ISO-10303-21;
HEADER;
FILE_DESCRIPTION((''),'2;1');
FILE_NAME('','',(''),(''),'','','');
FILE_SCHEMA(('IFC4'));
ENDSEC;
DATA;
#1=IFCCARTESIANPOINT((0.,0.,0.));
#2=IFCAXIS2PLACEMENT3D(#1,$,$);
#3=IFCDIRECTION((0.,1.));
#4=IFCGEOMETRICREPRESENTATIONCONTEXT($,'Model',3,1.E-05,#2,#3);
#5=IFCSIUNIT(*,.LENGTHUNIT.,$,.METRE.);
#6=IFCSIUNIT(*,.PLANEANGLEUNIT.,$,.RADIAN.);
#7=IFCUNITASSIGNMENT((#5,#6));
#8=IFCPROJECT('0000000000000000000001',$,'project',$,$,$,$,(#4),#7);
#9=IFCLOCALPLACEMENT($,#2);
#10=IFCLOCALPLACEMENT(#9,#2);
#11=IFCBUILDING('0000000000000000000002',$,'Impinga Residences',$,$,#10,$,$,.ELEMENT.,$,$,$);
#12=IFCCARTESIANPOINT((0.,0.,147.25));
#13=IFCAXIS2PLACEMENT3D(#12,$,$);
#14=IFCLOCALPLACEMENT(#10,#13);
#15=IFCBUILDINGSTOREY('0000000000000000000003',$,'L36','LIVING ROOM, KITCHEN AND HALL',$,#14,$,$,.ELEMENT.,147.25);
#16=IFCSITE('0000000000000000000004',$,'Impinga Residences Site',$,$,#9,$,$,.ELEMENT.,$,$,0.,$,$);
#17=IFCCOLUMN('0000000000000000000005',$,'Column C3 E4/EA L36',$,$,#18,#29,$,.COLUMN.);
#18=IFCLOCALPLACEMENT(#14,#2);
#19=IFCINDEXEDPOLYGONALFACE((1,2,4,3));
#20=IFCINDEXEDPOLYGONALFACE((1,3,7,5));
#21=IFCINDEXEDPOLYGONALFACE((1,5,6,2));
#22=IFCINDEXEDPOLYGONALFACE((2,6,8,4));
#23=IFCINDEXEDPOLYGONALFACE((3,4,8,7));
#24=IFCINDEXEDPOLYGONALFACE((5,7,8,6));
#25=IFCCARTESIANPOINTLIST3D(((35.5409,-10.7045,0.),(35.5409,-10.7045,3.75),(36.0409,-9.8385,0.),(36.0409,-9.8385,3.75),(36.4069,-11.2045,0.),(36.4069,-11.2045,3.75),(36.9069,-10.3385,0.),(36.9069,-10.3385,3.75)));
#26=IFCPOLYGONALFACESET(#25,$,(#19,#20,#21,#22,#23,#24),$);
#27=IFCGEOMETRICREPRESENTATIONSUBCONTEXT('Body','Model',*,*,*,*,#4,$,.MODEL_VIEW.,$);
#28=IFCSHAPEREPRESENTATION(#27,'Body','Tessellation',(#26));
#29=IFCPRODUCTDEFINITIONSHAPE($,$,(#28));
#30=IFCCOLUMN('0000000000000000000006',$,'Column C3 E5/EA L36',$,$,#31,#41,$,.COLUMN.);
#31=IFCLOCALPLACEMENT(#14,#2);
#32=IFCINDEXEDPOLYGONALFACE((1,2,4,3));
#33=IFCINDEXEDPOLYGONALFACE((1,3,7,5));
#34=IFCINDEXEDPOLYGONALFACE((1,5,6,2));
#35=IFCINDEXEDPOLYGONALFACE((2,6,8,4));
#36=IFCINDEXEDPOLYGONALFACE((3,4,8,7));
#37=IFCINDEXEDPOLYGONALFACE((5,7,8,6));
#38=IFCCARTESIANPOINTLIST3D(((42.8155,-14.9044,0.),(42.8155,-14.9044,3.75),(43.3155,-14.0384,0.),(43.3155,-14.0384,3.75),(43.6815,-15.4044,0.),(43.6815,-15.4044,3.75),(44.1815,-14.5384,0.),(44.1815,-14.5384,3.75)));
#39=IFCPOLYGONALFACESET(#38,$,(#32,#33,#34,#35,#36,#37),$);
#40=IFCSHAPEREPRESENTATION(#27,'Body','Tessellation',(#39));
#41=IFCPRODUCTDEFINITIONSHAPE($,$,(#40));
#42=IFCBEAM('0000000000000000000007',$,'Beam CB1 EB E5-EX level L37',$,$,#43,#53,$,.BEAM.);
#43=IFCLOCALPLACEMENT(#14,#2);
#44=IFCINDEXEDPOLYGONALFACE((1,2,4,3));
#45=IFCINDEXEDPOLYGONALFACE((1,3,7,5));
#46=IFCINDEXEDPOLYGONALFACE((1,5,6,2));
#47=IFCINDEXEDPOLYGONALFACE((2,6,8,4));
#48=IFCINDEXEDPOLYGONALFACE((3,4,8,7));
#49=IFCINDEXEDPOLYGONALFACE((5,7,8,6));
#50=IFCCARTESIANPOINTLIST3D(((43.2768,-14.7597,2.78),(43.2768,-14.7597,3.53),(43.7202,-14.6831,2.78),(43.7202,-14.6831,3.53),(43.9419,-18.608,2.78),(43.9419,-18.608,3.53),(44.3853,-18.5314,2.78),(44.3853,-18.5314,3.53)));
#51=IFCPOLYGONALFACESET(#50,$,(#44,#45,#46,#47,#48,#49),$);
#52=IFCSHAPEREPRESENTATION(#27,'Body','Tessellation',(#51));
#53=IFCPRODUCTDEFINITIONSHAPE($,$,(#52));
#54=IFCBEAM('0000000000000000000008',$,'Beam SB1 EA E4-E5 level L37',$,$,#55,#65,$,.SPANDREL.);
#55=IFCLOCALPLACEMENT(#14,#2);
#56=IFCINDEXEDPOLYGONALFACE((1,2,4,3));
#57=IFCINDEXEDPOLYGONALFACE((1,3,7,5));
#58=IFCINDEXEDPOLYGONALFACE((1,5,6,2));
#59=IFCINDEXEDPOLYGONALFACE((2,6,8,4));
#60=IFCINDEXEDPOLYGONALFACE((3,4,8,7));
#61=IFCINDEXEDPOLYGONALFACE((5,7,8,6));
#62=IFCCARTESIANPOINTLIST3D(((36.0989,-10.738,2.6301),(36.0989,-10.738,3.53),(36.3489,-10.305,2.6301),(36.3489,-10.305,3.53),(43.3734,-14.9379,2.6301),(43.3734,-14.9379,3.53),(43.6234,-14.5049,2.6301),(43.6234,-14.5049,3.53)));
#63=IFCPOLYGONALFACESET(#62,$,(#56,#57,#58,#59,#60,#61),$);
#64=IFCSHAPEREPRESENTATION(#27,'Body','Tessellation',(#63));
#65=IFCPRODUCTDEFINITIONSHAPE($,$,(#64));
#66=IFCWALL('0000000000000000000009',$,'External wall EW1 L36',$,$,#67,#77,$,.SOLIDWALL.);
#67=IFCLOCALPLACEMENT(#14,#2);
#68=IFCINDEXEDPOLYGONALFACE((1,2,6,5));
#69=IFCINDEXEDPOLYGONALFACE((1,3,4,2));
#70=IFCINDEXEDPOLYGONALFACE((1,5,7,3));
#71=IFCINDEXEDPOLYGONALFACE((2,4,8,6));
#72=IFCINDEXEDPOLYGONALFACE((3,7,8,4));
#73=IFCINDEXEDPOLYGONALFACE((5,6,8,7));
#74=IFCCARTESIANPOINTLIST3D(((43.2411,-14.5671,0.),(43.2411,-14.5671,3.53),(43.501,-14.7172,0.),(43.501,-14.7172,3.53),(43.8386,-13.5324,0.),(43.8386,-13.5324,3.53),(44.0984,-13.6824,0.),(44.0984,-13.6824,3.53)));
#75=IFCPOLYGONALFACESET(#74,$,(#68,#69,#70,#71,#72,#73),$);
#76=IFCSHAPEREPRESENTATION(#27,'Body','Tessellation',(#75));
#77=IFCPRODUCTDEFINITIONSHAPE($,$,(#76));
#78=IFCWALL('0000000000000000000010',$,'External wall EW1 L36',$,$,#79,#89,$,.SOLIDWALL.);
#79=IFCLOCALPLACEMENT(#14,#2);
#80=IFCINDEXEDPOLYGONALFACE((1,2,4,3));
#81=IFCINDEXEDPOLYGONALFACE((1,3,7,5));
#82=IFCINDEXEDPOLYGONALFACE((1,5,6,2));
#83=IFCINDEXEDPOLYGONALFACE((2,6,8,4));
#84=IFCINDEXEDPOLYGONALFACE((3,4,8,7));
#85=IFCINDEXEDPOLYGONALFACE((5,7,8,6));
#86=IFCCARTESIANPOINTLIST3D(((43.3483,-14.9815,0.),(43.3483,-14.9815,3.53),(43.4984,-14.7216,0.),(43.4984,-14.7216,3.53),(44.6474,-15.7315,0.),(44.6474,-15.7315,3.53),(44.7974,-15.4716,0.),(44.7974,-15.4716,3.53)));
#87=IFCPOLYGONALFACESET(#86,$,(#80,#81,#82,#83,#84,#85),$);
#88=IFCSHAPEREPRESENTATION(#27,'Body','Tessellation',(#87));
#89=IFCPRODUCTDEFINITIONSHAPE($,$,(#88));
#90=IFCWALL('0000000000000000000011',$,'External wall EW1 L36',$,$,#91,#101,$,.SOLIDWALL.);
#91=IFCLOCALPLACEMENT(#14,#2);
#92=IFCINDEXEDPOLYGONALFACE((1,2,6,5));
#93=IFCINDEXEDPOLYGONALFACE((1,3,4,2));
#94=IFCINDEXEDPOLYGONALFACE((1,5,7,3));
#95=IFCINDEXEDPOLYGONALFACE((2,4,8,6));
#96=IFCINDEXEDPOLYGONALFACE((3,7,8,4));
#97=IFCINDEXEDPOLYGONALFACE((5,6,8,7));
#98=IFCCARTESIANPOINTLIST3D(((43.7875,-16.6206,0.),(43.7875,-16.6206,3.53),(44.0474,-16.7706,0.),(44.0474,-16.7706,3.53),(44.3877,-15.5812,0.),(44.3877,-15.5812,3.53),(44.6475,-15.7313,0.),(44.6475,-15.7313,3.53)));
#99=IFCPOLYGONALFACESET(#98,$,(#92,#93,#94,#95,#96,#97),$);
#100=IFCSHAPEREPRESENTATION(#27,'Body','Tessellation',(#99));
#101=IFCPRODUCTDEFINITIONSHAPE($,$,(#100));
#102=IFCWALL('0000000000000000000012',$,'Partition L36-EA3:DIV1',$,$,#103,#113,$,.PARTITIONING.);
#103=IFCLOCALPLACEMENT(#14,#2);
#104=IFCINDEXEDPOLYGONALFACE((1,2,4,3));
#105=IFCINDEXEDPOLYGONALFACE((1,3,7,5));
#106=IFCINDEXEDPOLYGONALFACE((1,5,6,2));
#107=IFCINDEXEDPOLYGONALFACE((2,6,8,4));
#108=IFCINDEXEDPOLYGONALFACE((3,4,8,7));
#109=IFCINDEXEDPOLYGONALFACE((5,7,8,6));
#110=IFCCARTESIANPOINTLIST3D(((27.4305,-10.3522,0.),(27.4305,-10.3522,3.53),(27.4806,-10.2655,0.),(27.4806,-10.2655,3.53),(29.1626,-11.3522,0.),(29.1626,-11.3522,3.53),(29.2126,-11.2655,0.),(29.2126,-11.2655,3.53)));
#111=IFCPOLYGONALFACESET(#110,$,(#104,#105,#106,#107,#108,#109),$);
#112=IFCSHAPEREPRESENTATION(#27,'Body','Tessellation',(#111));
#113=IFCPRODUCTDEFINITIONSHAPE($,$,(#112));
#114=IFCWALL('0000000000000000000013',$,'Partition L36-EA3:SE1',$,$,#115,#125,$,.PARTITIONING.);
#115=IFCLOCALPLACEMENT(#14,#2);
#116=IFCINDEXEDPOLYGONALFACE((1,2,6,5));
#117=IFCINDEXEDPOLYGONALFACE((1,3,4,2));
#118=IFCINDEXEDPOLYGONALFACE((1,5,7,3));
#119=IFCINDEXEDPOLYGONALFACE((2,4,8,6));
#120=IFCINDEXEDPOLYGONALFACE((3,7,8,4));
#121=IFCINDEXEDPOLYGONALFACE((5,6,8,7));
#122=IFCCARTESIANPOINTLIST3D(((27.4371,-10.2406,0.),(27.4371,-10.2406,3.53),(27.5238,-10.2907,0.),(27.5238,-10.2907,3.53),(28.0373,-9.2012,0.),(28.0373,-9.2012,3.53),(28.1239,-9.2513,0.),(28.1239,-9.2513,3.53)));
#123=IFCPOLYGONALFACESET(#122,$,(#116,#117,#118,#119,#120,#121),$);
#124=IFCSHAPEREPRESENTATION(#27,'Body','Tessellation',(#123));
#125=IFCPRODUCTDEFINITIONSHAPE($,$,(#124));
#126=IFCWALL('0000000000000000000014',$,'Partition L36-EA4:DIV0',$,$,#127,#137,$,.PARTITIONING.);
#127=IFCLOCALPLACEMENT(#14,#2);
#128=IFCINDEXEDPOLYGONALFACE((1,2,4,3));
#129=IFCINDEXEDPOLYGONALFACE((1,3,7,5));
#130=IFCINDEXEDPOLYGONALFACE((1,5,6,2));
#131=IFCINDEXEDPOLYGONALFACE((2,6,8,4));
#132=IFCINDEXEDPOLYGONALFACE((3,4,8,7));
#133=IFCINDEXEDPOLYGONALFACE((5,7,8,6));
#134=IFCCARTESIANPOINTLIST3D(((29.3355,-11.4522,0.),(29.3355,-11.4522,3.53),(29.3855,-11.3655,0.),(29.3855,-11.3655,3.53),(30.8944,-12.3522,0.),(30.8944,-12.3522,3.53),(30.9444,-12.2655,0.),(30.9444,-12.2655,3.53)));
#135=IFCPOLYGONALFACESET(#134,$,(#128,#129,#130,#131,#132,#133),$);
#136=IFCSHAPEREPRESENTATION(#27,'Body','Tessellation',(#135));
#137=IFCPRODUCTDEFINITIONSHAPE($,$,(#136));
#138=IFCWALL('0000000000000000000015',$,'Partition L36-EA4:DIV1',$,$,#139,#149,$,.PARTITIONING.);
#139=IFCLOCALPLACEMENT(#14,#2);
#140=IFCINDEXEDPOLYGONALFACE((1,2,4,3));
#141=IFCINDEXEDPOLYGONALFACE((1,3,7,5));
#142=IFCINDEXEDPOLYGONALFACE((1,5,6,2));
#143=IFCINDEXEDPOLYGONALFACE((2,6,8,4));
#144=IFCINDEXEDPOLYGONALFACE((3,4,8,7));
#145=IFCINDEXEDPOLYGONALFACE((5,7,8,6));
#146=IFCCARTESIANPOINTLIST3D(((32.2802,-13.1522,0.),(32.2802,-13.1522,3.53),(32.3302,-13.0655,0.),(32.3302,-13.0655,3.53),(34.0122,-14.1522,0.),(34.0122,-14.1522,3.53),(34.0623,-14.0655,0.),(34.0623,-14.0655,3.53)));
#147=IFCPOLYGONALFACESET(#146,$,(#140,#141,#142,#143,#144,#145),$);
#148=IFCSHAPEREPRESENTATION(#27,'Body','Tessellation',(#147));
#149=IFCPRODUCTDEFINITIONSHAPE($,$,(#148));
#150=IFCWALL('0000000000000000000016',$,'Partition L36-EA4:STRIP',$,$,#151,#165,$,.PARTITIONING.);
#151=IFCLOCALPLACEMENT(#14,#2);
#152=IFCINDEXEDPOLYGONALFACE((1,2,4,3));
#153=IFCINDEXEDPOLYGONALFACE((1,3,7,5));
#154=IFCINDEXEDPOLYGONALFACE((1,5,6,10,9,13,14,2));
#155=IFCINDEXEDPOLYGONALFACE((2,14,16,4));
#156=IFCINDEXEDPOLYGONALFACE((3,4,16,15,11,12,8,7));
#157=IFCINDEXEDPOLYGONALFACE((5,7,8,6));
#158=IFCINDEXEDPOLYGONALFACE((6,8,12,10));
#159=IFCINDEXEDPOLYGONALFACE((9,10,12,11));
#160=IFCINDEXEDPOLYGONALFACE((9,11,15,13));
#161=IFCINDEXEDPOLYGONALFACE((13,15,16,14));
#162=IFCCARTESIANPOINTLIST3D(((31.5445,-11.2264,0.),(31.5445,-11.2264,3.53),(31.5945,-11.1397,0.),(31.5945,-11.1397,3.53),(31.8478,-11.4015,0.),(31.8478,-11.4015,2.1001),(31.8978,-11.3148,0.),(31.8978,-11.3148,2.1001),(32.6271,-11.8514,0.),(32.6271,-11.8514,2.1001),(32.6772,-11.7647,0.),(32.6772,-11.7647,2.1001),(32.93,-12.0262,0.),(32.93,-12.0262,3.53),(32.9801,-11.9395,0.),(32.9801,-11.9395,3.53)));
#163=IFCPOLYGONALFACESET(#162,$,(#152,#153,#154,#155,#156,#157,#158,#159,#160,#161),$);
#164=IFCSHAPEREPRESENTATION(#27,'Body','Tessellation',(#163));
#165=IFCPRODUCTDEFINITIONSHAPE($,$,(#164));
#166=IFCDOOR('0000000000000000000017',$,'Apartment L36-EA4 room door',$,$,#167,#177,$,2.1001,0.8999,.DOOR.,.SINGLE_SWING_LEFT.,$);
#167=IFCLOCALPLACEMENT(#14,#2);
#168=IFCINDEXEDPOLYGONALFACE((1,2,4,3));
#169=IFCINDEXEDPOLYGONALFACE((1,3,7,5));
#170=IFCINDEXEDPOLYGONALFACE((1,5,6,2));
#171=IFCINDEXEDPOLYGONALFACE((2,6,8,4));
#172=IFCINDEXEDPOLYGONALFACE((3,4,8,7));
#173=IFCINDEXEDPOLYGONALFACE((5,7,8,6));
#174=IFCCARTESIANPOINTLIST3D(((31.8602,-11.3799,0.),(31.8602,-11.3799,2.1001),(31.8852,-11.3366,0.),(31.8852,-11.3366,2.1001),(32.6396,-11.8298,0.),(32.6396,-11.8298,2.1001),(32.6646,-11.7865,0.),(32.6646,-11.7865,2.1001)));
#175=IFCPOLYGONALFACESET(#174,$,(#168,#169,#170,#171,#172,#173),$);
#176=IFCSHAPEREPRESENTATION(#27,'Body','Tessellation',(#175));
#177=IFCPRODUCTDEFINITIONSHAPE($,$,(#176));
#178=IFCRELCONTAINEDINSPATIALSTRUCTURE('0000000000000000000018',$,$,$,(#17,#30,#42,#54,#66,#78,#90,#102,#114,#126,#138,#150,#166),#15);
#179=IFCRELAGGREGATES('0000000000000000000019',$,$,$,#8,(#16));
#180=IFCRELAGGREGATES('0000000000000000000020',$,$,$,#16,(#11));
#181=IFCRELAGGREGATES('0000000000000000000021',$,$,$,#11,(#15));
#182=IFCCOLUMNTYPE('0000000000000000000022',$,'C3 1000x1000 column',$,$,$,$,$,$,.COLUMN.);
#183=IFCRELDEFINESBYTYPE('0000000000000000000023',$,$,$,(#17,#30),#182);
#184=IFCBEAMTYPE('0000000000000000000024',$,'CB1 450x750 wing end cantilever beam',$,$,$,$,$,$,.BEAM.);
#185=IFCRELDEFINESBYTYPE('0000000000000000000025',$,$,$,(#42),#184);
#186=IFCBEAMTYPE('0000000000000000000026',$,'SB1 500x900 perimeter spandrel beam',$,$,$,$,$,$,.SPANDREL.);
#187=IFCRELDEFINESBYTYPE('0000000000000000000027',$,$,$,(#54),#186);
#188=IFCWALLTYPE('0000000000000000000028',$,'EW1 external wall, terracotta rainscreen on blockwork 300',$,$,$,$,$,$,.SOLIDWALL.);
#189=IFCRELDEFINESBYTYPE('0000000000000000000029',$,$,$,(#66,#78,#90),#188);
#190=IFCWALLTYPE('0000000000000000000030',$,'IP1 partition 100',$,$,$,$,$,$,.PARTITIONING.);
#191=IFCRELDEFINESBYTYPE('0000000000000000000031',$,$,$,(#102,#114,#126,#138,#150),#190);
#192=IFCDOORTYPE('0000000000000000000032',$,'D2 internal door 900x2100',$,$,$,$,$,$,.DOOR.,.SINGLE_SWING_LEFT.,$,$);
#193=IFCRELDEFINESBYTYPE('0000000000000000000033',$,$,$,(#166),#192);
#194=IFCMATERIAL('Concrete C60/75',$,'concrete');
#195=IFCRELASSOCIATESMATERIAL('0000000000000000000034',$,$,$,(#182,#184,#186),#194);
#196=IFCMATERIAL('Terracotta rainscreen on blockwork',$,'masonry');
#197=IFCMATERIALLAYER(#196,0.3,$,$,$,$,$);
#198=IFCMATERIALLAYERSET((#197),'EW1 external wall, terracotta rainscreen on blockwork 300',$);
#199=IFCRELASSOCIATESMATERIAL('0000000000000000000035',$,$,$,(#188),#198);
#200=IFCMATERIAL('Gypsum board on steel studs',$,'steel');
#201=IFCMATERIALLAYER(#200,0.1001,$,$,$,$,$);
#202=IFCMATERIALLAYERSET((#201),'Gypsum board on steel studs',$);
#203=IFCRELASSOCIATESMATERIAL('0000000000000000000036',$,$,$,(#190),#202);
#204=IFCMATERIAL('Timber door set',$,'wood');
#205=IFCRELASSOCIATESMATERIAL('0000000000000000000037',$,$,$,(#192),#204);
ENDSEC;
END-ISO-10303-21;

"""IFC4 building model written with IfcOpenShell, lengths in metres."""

from ifc_helpers import new_model, si_unit, direction, frame, frame_2d, origin, origin_2d, place, context, subcontext, project, spatial, rectangle, extrude, material, layer, layer_set, material_profile, profile_set, type_object, element, fill, save


model = new_model("IFC4")

# Units and contexts
model_context = context("Model", 3, precision=1e-05, world=origin(), true_north=direction((0.0, 1.0)))
body_context = subcontext(model_context, "Body", "Model", "MODEL_VIEW")
ifc_project = project(units=[si_unit("LENGTHUNIT", "METRE"), si_unit("PLANEANGLEUNIT", "RADIAN")], contexts=[model_context])

# Site, building, storey
site_placement = place(None, origin())
site = spatial("IfcSite", under=ifc_project, at=site_placement, Name="Impinga Residences Site", CompositionType="ELEMENT", RefElevation=0.0)
building_placement = place(site_placement, origin())
building = spatial("IfcBuilding", under=site, at=building_placement, Name="Impinga Residences", CompositionType="ELEMENT")
storey_placement = place(building_placement, frame((0.0, 0.0, 147.25)))
storey = spatial("IfcBuildingStorey", under=building, at=storey_placement, Name="L36", Description="LIVING ROOM, KITCHEN AND HALL", CompositionType="ELEMENT", Elevation=147.25)

# Columns
ifc_material_1 = material(Name="Concrete C60/75", Category="concrete")
ifc_material_profile_1 = material_profile(ifc_material_1, rectangle(XDim=1.0, YDim=1.0, at=origin_2d()), Name="RC 1000x1000")
ifc_profile_set_1 = profile_set([ifc_material_profile_1], Name="Concrete C60/75")
column_type = type_object("IfcColumnType", Name="C3 1000x1000 column", PredefinedType="COLUMN", material=ifc_profile_set_1)
for number, where, z_axis, x_axis, name in (
    (1, (36.2239, -10.5215, 0.0), (0.0, 0.0, 1.0), (-0.5, -0.866025, 0.0), "Column C3 E4/EA L36"),
    (2, (43.4985, -14.7214, 0.0), (0.0, 0.0, 1.0), (-0.5, -0.866025, 0.0), "Column C3 E5/EA L36"),
):
    element("IfcColumn", number, at=place(storey_placement, frame(where, z_axis=z_axis, x_axis=x_axis)), inside=storey, type_object=column_type, Name=name, PredefinedType="COLUMN", context=body_context, shape_type="SweptSolid", body=[
        extrude(rectangle(XDim=1.0, YDim=1.0, at=origin_2d()), origin(), (0.0, 0.0, 1.0), 3.75),
    ])

# Beams
ifc_material_profile_2 = material_profile(ifc_material_1, rectangle(XDim=0.45, YDim=0.75, at=origin_2d()), Name="RC 450x750")
ifc_profile_set_2 = profile_set([ifc_material_profile_2], Name="Concrete C60/75")
beam_type_1 = type_object("IfcBeamType", Name="CB1 450x750 wing end cantilever beam", PredefinedType="BEAM", material=ifc_profile_set_2)
beam_1_placement = place(storey_placement, frame((43.4985, -14.7214, 3.155), z_axis=(0.170296, -0.985393, 0.0), x_axis=(0.985393, 0.170296, 0.0)))
element("IfcBeam", 3, at=beam_1_placement, inside=storey, type_object=beam_type_1, Name="Beam CB1 EB E5-EX level L37", PredefinedType="BEAM", context=body_context, shape_type="SweptSolid", body=[
    extrude(rectangle(XDim=0.45, YDim=0.75, at=origin_2d()), origin(), (0.0, 0.0, 1.0), 3.9053),
])
ifc_material_profile_3 = material_profile(ifc_material_1, rectangle(XDim=0.5, YDim=0.8999, at=origin_2d()), Name="RC 500x900")
ifc_profile_set_3 = profile_set([ifc_material_profile_3], Name="Concrete C60/75")
beam_type_2 = type_object("IfcBeamType", Name="SB1 500x900 perimeter spandrel beam", PredefinedType="SPANDREL", material=ifc_profile_set_3)
beam_2_placement = place(storey_placement, frame((36.2239, -10.5215, 3.0801), z_axis=(0.866029, -0.499993, 0.0), x_axis=(0.499993, 0.866029, 0.0)))
element("IfcBeam", 4, at=beam_2_placement, inside=storey, type_object=beam_type_2, Name="Beam SB1 EA E4-E5 level L37", PredefinedType="SPANDREL", context=body_context, shape_type="SweptSolid", body=[
    extrude(rectangle(XDim=0.5, YDim=0.8999, at=origin_2d()), origin(), (0.0, 0.0, 1.0), 8.3999),
])

# Walls
ifc_material_2 = material(Name="Terracotta rainscreen on blockwork", Category="masonry")
ifc_layer_1 = layer(ifc_material_2, 0.3)
ifc_layer_set_1 = layer_set([ifc_layer_1], Name="EW1 external wall, terracotta rainscreen on blockwork 300")
wall_type_1 = type_object("IfcWallType", Name="EW1 external wall, terracotta rainscreen on blockwork 300", PredefinedType="SOLIDWALL", material=ifc_layer_set_1)
wall_1_placement = place(storey_placement, frame((43.9685, -13.6074, 0.0), z_axis=(0.0, 0.0, 1.0), x_axis=(-0.500029, -0.866009, 0.0)))
element("IfcWall", 5, at=wall_1_placement, inside=storey, type_object=wall_type_1, Name="External wall EW1 L36", PredefinedType="SOLIDWALL", context=body_context, shape_type="SweptSolid", body=[
    extrude(rectangle(XDim=1.1948, YDim=0.3, at=frame_2d((0.5974, 0.0))), origin(), (0.0, 0.0, 1.0), 3.53),
])
wall_2_placement = place(storey_placement, frame((43.4233, -14.8516, 0.0), z_axis=(0.0, 0.0, 1.0), x_axis=(0.866031, -0.49999, 0.0)))
element("IfcWall", 6, at=wall_2_placement, inside=storey, type_object=wall_type_1, Name="External wall EW1 L36", PredefinedType="SOLIDWALL", context=body_context, shape_type="SweptSolid", body=[
    extrude(rectangle(XDim=1.5, YDim=0.3, at=frame_2d((0.75, 0.0))), origin(), (0.0, 0.0, 1.0), 3.53),
])
wall_3_placement = place(storey_placement, frame((44.5176, -15.6562, 0.0), z_axis=(0.0, 0.0, 1.0), x_axis=(-0.500034, -0.866006, 0.0)))
element("IfcWall", 7, at=wall_3_placement, inside=storey, type_object=wall_type_1, Name="External wall EW1 L36", PredefinedType="SOLIDWALL", context=body_context, shape_type="SweptSolid", body=[
    extrude(rectangle(XDim=1.2002, YDim=0.3, at=frame_2d((0.6001, 0.0))), origin(), (0.0, 0.0, 1.0), 3.53),
])
ifc_material_3 = material(Name="Gypsum board on steel studs", Category="steel")
ifc_layer_2 = layer(ifc_material_3, 0.1001)
ifc_layer_set_2 = layer_set([ifc_layer_2], Name="Gypsum board on steel studs")
wall_type_2 = type_object("IfcWallType", Name="IP1 partition 100", PredefinedType="PARTITIONING", material=ifc_layer_set_2)
wall_4_placement = place(storey_placement, frame((27.4556, -10.3088, 0.0), z_axis=(0.0, 0.0, 1.0), x_axis=(0.866011, -0.500025, 0.0)))
element("IfcWall", 8, at=wall_4_placement, inside=storey, type_object=wall_type_2, Name="Partition L36-EA3:DIV1", PredefinedType="PARTITIONING", context=body_context, shape_type="SweptSolid", body=[
    extrude(rectangle(XDim=2.0, YDim=0.1001, at=frame_2d((1.0, 0.0))), origin(), (0.0, 0.0, 1.0), 3.53),
])
wall_5_placement = place(storey_placement, frame((27.4805, -10.2656, 0.0), z_axis=(0.0, 0.0, 1.0), x_axis=(0.500034, 0.866006, 0.0)))
element("IfcWall", 9, at=wall_5_placement, inside=storey, type_object=wall_type_2, Name="Partition L36-EA3:SE1", PredefinedType="PARTITIONING", context=body_context, shape_type="SweptSolid", body=[
    extrude(rectangle(XDim=1.2002, YDim=0.1001, at=frame_2d((0.6001, 0.0))), origin(), (0.0, 0.0, 1.0), 3.53),
])
wall_6_placement = place(storey_placement, frame((29.3606, -11.4089, 0.0), z_axis=(0.0, 0.0, 1.0), x_axis=(0.866048, -0.499961, 0.0)))
element("IfcWall", 10, at=wall_6_placement, inside=storey, type_object=wall_type_2, Name="Partition L36-EA4:DIV0", PredefinedType="PARTITIONING", context=body_context, shape_type="SweptSolid", body=[
    extrude(rectangle(XDim=1.8, YDim=0.1001, at=frame_2d((0.8999, 0.0))), origin(), (0.0, 0.0, 1.0), 3.53),
])
wall_7_placement = place(storey_placement, frame((32.3052, -13.1089, 0.0), z_axis=(0.0, 0.0, 1.0), x_axis=(0.866041, -0.499973, 0.0)))
element("IfcWall", 11, at=wall_7_placement, inside=storey, type_object=wall_type_2, Name="Partition L36-EA4:DIV1", PredefinedType="PARTITIONING", context=body_context, shape_type="SweptSolid", body=[
    extrude(rectangle(XDim=2.0, YDim=0.1001, at=frame_2d((1.0, 0.0))), origin(), (0.0, 0.0, 1.0), 3.53),
])

# Wall, opening, door
wall_8_placement = place(storey_placement, frame((31.5696, -11.1831, 0.0), z_axis=(0.0, 0.0, 1.0), x_axis=(0.866056, -0.499947, 0.0)))
wall_8 = element("IfcWall", 12, at=wall_8_placement, inside=storey, type_object=wall_type_2, Name="Partition L36-EA4:STRIP", PredefinedType="PARTITIONING", context=body_context, shape_type="SweptSolid", body=[
    extrude(rectangle(XDim=1.5999, YDim=0.1001, at=frame_2d((0.7998, 0.0))), origin(), (0.0, 0.0, 1.0), 3.53),
])
opening_1_placement = place(wall_8_placement, frame((0.3501, 0.0, 0.0)))
opening_1 = element("IfcOpeningElement", 13, at=opening_1_placement, cuts=wall_8, PredefinedType="OPENING", context=body_context, shape_type="SweptSolid", body=[
    extrude(rectangle(XDim=0.8999, YDim=2.1001, at=frame_2d((0.45, 1.05))), frame((0.0, 0.0601, 0.0), z_axis=(0.0, -1.0, 0.0), x_axis=(1.0, 0.0, 0.0)), (0.0, 0.0, 1.0), 0.1201),
])
ifc_material_4 = material(Name="Timber door set", Category="wood")
door_type = type_object("IfcDoorType", Name="D2 internal door 900x2100", OperationType="SINGLE_SWING_LEFT", PredefinedType="DOOR", material=ifc_material_4)
door_1_placement = place(opening_1_placement, origin())
door_1 = element("IfcDoor", 14, at=door_1_placement, inside=storey, type_object=door_type, Name="Apartment L36-EA4 room door", OperationType="SINGLE_SWING_LEFT", OverallHeight=2.1001, OverallWidth=0.8999, PredefinedType="DOOR", context=body_context, shape_type="SweptSolid", body=[
    extrude(rectangle(XDim=0.8999, YDim=2.1001, at=frame_2d((0.45, 1.05))), frame((0.0, 0.0249, 0.0), z_axis=(0.0, -1.0, 0.0), x_axis=(1.0, 0.0, 0.0)), (0.0, 0.0, 1.0), 0.05),
])
fill(opening_1, door_1)

save(model, "model.ifc")
